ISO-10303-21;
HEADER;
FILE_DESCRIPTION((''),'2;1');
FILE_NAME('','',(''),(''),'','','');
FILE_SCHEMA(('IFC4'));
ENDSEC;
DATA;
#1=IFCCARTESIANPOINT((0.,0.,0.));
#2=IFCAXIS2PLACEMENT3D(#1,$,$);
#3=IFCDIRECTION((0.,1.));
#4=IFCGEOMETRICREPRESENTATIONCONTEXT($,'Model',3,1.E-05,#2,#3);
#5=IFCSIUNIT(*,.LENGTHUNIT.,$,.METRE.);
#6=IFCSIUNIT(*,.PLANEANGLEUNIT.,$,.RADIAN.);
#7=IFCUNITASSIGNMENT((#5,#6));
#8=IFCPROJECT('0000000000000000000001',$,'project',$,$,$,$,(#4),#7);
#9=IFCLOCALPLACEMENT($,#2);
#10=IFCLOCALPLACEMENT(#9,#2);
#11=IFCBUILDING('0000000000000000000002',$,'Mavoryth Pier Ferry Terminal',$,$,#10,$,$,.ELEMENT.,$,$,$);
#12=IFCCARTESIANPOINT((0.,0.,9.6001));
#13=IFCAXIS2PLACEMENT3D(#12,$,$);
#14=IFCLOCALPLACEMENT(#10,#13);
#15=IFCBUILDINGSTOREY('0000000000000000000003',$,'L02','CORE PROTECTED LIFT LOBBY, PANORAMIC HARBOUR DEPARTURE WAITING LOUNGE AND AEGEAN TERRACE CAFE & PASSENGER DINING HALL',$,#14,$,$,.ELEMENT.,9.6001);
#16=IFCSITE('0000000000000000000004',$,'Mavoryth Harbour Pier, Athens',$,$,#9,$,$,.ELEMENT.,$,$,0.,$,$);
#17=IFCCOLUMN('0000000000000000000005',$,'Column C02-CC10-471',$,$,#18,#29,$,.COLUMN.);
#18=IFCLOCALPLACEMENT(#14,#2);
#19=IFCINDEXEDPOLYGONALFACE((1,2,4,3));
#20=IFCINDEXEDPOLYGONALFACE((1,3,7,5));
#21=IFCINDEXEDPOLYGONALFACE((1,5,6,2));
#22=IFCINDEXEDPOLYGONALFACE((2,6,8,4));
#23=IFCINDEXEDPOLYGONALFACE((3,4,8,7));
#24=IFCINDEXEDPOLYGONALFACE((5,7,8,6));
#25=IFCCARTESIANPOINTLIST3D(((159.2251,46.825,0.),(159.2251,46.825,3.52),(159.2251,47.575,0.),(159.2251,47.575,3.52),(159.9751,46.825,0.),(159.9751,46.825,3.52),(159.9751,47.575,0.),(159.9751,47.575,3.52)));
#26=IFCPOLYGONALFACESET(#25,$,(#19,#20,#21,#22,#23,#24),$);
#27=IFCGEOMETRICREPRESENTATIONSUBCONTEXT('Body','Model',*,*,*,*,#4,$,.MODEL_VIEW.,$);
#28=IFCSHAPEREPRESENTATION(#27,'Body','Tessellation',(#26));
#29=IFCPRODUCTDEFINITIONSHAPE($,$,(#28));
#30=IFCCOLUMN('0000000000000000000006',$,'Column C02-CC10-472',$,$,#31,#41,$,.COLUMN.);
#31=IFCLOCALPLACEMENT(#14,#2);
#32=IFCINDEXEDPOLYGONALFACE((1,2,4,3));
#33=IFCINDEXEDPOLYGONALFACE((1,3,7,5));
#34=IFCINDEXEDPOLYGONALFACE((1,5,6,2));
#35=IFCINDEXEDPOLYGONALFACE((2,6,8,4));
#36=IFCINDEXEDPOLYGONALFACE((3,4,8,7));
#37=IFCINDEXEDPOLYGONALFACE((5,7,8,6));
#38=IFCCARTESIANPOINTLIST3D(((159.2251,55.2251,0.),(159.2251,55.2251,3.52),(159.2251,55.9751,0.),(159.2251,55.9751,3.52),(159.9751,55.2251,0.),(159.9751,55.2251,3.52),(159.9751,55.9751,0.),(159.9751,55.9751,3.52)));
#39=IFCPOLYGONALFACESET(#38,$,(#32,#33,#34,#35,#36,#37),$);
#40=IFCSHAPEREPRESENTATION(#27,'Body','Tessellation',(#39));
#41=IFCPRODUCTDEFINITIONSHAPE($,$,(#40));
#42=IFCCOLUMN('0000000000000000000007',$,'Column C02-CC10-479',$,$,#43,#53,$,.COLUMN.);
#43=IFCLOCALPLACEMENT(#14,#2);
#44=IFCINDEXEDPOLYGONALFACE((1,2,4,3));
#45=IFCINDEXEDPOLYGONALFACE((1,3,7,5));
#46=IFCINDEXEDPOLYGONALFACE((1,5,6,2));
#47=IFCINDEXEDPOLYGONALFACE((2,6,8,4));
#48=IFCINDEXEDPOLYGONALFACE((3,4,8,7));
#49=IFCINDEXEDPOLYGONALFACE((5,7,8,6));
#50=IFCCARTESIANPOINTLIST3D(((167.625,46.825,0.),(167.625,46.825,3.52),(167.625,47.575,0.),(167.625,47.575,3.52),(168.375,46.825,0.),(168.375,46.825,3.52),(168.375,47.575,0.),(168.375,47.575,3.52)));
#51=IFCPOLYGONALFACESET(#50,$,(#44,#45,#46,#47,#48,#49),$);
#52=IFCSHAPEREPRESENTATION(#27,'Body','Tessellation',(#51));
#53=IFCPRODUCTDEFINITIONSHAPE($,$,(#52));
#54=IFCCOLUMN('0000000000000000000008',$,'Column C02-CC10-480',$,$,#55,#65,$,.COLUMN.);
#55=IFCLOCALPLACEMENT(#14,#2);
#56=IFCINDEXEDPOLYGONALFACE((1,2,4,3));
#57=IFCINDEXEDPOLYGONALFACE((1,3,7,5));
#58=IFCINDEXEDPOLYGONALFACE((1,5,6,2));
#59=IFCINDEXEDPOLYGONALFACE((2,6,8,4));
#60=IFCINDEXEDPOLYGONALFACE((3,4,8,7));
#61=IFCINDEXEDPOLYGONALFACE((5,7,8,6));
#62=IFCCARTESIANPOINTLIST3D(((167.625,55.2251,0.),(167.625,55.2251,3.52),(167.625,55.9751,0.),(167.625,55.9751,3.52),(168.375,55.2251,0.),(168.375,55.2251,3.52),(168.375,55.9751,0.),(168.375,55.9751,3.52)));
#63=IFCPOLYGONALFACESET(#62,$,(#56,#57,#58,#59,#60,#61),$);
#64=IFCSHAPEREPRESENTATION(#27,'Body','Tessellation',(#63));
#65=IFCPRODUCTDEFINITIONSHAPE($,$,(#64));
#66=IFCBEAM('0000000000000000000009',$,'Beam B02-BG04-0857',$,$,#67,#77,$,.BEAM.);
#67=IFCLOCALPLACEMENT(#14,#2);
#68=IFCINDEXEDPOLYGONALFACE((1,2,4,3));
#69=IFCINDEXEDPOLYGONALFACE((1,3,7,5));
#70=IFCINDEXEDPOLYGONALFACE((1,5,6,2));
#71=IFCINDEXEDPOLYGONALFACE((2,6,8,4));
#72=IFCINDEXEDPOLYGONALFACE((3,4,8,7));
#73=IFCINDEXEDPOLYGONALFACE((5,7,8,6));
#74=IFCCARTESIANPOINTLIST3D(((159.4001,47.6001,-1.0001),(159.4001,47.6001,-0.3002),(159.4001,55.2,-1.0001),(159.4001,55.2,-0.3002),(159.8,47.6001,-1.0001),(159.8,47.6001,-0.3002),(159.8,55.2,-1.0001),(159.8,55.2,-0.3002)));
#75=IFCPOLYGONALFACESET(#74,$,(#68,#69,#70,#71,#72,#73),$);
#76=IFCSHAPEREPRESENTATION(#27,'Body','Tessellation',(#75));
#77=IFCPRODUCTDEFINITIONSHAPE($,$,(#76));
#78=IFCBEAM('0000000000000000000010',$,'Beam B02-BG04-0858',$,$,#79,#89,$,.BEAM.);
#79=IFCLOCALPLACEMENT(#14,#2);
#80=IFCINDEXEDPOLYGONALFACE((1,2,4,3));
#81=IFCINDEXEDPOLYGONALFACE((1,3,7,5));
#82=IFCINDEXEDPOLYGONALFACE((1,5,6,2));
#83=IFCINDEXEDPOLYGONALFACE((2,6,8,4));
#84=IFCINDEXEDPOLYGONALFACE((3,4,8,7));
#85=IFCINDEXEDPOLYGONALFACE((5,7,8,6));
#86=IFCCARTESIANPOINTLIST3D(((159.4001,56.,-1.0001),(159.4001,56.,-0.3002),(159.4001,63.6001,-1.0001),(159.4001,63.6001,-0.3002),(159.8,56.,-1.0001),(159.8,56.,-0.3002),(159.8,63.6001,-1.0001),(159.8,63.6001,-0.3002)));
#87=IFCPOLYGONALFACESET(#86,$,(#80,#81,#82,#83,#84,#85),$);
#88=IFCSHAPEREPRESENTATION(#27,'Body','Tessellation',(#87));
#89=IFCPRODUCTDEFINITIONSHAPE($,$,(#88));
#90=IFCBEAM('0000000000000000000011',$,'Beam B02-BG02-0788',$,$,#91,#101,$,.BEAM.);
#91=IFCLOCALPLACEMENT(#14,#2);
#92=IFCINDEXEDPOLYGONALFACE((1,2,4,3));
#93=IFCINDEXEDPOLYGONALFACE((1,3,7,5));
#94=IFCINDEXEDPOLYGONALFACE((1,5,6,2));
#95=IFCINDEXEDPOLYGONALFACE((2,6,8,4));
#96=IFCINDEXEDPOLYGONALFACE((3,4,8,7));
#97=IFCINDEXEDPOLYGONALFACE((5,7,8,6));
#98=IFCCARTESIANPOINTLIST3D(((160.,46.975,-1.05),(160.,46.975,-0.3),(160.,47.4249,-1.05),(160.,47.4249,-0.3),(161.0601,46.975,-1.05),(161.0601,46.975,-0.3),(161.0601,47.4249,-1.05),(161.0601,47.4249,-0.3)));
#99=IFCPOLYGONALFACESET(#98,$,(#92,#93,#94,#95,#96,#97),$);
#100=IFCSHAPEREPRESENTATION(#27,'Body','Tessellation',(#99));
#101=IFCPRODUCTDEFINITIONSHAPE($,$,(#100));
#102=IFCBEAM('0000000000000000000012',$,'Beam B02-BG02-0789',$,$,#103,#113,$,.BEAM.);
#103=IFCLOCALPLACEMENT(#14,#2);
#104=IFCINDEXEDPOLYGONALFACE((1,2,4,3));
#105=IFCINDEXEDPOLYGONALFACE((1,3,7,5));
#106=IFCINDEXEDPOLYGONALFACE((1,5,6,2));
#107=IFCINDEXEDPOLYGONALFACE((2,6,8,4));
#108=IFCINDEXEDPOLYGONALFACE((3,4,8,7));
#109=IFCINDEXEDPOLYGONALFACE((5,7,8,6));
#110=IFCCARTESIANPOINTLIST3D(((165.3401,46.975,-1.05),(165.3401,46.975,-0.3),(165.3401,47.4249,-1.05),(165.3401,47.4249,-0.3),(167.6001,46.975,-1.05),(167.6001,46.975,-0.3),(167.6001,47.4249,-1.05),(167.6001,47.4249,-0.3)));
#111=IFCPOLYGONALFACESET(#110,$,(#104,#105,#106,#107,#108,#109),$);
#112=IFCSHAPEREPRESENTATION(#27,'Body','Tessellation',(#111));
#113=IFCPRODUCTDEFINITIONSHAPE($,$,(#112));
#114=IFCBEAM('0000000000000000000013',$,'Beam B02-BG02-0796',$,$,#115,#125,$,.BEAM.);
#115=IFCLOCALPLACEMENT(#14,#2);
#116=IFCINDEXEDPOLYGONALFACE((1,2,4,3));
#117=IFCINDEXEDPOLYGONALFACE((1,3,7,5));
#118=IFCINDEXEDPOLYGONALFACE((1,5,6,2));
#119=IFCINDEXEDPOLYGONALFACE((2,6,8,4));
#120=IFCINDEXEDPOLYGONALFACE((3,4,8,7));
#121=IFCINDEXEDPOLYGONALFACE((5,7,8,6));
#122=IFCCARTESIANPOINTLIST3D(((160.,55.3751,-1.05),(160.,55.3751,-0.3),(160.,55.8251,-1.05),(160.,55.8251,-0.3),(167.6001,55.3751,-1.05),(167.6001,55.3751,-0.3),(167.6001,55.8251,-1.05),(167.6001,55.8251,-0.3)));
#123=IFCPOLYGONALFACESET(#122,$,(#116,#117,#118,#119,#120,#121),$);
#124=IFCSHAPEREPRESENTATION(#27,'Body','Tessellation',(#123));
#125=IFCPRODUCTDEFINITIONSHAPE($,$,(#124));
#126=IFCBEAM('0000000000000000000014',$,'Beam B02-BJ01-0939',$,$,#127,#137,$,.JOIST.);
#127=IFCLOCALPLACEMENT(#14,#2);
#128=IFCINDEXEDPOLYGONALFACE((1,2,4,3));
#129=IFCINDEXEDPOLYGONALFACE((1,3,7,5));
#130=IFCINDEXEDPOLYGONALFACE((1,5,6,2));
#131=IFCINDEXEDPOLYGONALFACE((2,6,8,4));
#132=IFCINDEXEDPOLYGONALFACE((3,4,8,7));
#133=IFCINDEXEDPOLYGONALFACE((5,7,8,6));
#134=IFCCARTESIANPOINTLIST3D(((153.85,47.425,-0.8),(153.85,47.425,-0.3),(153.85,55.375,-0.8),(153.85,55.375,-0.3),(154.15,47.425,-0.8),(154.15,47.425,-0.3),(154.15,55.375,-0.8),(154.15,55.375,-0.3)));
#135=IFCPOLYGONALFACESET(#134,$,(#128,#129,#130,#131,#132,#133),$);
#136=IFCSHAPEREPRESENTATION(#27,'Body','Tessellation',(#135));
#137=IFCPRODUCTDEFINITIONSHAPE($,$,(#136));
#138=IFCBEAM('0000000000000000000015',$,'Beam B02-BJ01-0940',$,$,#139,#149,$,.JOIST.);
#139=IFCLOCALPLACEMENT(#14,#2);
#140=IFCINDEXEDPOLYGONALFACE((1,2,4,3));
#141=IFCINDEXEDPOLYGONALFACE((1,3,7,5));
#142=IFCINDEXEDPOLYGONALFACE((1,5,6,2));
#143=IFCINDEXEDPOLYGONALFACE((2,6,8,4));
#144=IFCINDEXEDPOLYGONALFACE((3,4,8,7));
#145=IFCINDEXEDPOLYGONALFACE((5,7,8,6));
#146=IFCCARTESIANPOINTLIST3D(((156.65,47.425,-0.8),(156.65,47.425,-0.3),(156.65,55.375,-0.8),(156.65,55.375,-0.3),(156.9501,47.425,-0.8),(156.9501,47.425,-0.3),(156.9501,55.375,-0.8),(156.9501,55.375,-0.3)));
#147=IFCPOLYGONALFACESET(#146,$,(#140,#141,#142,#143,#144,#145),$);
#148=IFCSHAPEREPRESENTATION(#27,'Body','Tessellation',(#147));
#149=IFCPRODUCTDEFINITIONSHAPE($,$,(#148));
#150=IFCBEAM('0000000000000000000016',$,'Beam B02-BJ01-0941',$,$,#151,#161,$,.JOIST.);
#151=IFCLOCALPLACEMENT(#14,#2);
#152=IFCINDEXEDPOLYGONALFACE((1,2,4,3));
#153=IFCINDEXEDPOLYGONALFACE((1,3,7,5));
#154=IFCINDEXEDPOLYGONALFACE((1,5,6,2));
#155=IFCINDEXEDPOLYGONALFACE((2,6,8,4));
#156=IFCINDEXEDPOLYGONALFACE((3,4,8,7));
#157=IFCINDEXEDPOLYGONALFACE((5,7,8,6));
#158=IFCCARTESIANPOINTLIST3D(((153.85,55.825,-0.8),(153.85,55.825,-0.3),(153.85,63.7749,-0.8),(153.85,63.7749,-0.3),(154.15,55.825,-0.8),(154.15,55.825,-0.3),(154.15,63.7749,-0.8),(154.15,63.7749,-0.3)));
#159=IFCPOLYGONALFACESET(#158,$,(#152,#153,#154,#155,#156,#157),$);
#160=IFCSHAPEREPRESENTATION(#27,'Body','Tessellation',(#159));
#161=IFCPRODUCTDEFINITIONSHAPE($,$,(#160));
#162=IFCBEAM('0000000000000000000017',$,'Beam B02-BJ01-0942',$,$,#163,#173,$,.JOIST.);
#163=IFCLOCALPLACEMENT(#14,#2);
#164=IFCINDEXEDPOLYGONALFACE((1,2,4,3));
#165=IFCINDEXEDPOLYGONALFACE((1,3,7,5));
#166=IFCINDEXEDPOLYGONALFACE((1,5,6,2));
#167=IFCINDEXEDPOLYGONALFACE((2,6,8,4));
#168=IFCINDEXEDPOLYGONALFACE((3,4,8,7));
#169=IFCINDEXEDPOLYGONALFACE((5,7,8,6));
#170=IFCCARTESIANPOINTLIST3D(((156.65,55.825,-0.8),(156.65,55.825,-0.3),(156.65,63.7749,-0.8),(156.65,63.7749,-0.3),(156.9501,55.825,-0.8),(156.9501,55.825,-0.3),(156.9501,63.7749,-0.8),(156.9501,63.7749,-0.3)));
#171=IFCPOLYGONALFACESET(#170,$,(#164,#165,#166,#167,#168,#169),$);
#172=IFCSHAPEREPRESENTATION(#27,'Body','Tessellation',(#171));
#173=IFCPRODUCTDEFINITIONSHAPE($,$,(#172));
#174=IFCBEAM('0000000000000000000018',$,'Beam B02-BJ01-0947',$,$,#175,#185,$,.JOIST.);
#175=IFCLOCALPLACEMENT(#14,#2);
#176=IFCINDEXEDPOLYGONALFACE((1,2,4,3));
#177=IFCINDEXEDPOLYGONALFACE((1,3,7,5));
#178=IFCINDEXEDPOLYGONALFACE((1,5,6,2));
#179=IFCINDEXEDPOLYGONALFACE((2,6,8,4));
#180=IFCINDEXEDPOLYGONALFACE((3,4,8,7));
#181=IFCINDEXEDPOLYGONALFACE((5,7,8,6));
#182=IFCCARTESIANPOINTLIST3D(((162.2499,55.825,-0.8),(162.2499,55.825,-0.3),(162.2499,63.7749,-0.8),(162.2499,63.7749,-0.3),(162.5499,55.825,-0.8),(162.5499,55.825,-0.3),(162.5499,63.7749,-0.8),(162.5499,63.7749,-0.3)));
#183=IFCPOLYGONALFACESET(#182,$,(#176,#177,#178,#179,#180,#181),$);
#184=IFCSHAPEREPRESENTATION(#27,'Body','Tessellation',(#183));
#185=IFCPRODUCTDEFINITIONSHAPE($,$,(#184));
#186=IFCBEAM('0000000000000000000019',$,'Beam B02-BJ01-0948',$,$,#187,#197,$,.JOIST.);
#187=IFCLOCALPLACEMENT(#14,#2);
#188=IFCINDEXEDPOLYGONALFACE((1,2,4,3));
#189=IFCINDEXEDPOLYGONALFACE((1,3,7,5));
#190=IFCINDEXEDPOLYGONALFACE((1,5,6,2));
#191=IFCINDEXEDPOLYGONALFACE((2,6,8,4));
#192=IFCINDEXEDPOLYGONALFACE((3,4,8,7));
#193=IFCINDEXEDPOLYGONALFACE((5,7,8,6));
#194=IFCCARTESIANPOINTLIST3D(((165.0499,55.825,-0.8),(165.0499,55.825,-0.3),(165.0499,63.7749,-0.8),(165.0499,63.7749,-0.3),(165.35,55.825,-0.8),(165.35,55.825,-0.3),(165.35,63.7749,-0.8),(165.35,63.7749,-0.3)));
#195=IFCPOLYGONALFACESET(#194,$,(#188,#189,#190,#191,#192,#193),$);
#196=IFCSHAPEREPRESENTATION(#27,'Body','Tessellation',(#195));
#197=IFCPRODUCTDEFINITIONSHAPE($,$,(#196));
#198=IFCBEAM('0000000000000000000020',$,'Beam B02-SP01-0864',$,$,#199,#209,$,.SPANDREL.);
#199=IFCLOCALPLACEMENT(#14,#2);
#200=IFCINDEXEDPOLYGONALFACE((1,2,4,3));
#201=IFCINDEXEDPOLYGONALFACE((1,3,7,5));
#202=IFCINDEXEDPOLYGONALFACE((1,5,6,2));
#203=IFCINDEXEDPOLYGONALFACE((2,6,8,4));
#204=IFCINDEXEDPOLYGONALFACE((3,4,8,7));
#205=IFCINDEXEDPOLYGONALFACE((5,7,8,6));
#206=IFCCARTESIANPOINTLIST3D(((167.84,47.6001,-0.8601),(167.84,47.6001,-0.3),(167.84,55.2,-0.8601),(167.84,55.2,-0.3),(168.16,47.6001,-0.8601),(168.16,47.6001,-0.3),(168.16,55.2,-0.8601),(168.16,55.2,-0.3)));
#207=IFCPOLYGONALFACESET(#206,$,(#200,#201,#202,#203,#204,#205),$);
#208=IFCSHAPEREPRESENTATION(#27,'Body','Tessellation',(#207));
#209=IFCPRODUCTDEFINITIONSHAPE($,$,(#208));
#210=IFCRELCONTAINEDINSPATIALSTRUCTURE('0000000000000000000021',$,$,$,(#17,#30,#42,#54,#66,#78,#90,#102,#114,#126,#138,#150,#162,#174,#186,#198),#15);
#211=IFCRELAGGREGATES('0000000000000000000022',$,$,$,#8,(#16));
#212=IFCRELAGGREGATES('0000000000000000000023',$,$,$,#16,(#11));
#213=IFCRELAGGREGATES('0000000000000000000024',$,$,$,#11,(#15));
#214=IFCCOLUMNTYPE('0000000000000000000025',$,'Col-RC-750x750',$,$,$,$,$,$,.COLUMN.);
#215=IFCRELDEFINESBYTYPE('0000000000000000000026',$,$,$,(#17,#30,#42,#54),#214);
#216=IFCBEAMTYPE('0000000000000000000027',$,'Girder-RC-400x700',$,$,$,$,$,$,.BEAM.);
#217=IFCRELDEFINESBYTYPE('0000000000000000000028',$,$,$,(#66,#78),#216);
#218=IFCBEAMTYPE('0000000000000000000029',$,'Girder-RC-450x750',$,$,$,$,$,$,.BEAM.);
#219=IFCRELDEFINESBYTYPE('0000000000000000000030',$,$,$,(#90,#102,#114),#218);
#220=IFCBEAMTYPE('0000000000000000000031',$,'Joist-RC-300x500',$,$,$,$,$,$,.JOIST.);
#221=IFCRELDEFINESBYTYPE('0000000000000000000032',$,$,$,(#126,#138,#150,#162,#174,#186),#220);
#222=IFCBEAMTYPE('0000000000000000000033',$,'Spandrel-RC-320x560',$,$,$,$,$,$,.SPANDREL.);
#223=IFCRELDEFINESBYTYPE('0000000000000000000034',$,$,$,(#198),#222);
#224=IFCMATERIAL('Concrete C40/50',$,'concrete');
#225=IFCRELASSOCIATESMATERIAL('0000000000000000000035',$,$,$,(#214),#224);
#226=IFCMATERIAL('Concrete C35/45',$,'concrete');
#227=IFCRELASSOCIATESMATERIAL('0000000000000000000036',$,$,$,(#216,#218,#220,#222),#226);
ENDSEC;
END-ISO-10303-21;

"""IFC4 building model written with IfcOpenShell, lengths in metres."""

from ifc_helpers import new_model, si_unit, direction, frame, origin, origin_2d, place, context, subcontext, project, spatial, rectangle, extrude, material, material_profile, profile_set, type_object, element, save


model = new_model("IFC4")

# Units and contexts
model_context = context("Model", 3, precision=1e-05, world=origin(), true_north=direction((0.0, 1.0)))
body_context = subcontext(model_context, "Body", "Model", "MODEL_VIEW")
ifc_project = project(units=[si_unit("LENGTHUNIT", "METRE"), si_unit("PLANEANGLEUNIT", "RADIAN")], contexts=[model_context])

# Site, building, storey
site_placement = place(None, origin())
site = spatial("IfcSite", under=ifc_project, at=site_placement, Name="Mavoryth Harbour Pier, Athens", CompositionType="ELEMENT", RefElevation=0.0)
building_placement = place(site_placement, origin())
building = spatial("IfcBuilding", under=site, at=building_placement, Name="Mavoryth Pier Ferry Terminal", CompositionType="ELEMENT")
storey_placement = place(building_placement, frame((0.0, 0.0, 9.6001)))
storey = spatial("IfcBuildingStorey", under=building, at=storey_placement, Name="L02", Description="CORE PROTECTED LIFT LOBBY, PANORAMIC HARBOUR DEPARTURE WAITING LOUNGE AND AEGEAN TERRACE CAFE & PASSENGER DINING HALL", CompositionType="ELEMENT", Elevation=9.6001)

# Columns
ifc_material_1 = material(Name="Concrete C40/50", Category="concrete")
ifc_material_profile_1 = material_profile(ifc_material_1, rectangle(XDim=0.75, YDim=0.75, at=origin_2d()), Name="RC 750x750", Category="concrete")
ifc_profile_set_1 = profile_set([ifc_material_profile_1], Name="Concrete C40/50 - RC 750x750")
column_type = type_object("IfcColumnType", Name="Col-RC-750x750", PredefinedType="COLUMN", material=ifc_profile_set_1)
for number, where, z_axis, x_axis, name in (
    (1, (159.6001, 47.2, 0.0), (0.0, 0.0, 1.0), (1.0, 0.0, 0.0), "Column C02-CC10-471"),
    (2, (159.6001, 55.6001, 0.0), (0.0, 0.0, 1.0), (1.0, 0.0, 0.0), "Column C02-CC10-472"),
    (3, (168.0, 47.2, 0.0), (0.0, 0.0, 1.0), (1.0, 0.0, 0.0), "Column C02-CC10-479"),
    (4, (168.0, 55.6001, 0.0), (0.0, 0.0, 1.0), (1.0, 0.0, 0.0), "Column C02-CC10-480"),
):
    element("IfcColumn", number, at=place(storey_placement, frame(where, z_axis=z_axis, x_axis=x_axis)), inside=storey, type_object=column_type, Name=name, PredefinedType="COLUMN", context=body_context, shape_type="SweptSolid", body=[
        extrude(rectangle(XDim=0.75, YDim=0.75, at=origin_2d()), origin(), (0.0, 0.0, 1.0), 3.52),
    ])

# Beams
ifc_material_2 = material(Name="Concrete C35/45", Category="concrete")
ifc_material_profile_2 = material_profile(ifc_material_2, rectangle(XDim=0.3999, YDim=0.7, at=origin_2d()), Name="RC 400x700", Category="concrete")
ifc_profile_set_2 = profile_set([ifc_material_profile_2], Name="Concrete C35/45 - RC 400x700")
beam_type_1 = type_object("IfcBeamType", Name="Girder-RC-400x700", PredefinedType="BEAM", material=ifc_profile_set_2)
beam_1_placement = place(storey_placement, frame((159.6001, 47.6001, -0.6501), z_axis=(0.0, 1.0, 0.0), x_axis=(-1.0, 0.0, 0.0)))
element("IfcBeam", 5, at=beam_1_placement, inside=storey, type_object=beam_type_1, Name="Beam B02-BG04-0857", PredefinedType="BEAM", context=body_context, shape_type="SweptSolid", body=[
    extrude(rectangle(XDim=0.3999, YDim=0.7, at=origin_2d()), origin(), (0.0, 0.0, 1.0), 7.5999),
])
beam_2_placement = place(storey_placement, frame((159.6001, 56.0, -0.6501), z_axis=(0.0, 1.0, 0.0), x_axis=(-1.0, 0.0, 0.0)))
element("IfcBeam", 6, at=beam_2_placement, inside=storey, type_object=beam_type_1, Name="Beam B02-BG04-0858", PredefinedType="BEAM", context=body_context, shape_type="SweptSolid", body=[
    extrude(rectangle(XDim=0.3999, YDim=0.7, at=origin_2d()), origin(), (0.0, 0.0, 1.0), 7.6001),
])
ifc_material_profile_3 = material_profile(ifc_material_2, rectangle(XDim=0.45, YDim=0.75, at=origin_2d()), Name="RC 450x750", Category="concrete")
ifc_profile_set_3 = profile_set([ifc_material_profile_3], Name="Concrete C35/45 - RC 450x750")
beam_type_2 = type_object("IfcBeamType", Name="Girder-RC-450x750", PredefinedType="BEAM", material=ifc_profile_set_3)
beam_3_placement = place(storey_placement, frame((160.0, 47.2, -0.675), z_axis=(1.0, 0.0, 0.0), x_axis=(0.0, 1.0, 0.0)))
element("IfcBeam", 7, at=beam_3_placement, inside=storey, type_object=beam_type_2, Name="Beam B02-BG02-0788", PredefinedType="BEAM", context=body_context, shape_type="SweptSolid", body=[
    extrude(rectangle(XDim=0.45, YDim=0.75, at=origin_2d()), origin(), (0.0, 0.0, 1.0), 1.0601),
])
beam_4_placement = place(storey_placement, frame((165.3401, 47.2, -0.675), z_axis=(1.0, 0.0, 0.0), x_axis=(0.0, 1.0, 0.0)))
element("IfcBeam", 8, at=beam_4_placement, inside=storey, type_object=beam_type_2, Name="Beam B02-BG02-0789", PredefinedType="BEAM", context=body_context, shape_type="SweptSolid", body=[
    extrude(rectangle(XDim=0.45, YDim=0.75, at=origin_2d()), origin(), (0.0, 0.0, 1.0), 2.26),
])
beam_5_placement = place(storey_placement, frame((160.0, 55.6001, -0.675), z_axis=(1.0, 0.0, 0.0), x_axis=(0.0, 1.0, 0.0)))
element("IfcBeam", 9, at=beam_5_placement, inside=storey, type_object=beam_type_2, Name="Beam B02-BG02-0796", PredefinedType="BEAM", context=body_context, shape_type="SweptSolid", body=[
    extrude(rectangle(XDim=0.45, YDim=0.75, at=origin_2d()), origin(), (0.0, 0.0, 1.0), 7.6001),
])
ifc_material_profile_4 = material_profile(ifc_material_2, rectangle(XDim=0.3, YDim=0.5, at=origin_2d()), Name="RC 300x500", Category="concrete")
ifc_profile_set_4 = profile_set([ifc_material_profile_4], Name="Concrete C35/45 - RC 300x500")
beam_type_3 = type_object("IfcBeamType", Name="Joist-RC-300x500", PredefinedType="JOIST", material=ifc_profile_set_4)
for number, where, z_axis, x_axis, name in (
    (10, (154.0, 47.425, -0.55), (0.0, 1.0, 0.0), (-1.0, 0.0, 0.0), "Beam B02-BJ01-0939"),
    (11, (156.8, 47.425, -0.55), (0.0, 1.0, 0.0), (-1.0, 0.0, 0.0), "Beam B02-BJ01-0940"),
    (12, (154.0, 55.825, -0.55), (0.0, 1.0, 0.0), (-1.0, 0.0, 0.0), "Beam B02-BJ01-0941"),
    (13, (156.8, 55.825, -0.55), (0.0, 1.0, 0.0), (-1.0, 0.0, 0.0), "Beam B02-BJ01-0942"),
    (14, (162.3999, 55.825, -0.55), (0.0, 1.0, 0.0), (-1.0, 0.0, 0.0), "Beam B02-BJ01-0947"),
    (15, (165.2, 55.825, -0.55), (0.0, 1.0, 0.0), (-1.0, 0.0, 0.0), "Beam B02-BJ01-0948"),
):
    element("IfcBeam", number, at=place(storey_placement, frame(where, z_axis=z_axis, x_axis=x_axis)), inside=storey, type_object=beam_type_3, Name=name, PredefinedType="JOIST", context=body_context, shape_type="SweptSolid", body=[
        extrude(rectangle(XDim=0.3, YDim=0.5, at=origin_2d()), origin(), (0.0, 0.0, 1.0), 7.95),
    ])
ifc_material_profile_5 = material_profile(ifc_material_2, rectangle(XDim=0.3201, YDim=0.5601, at=origin_2d()), Name="RC 320x560", Category="concrete")
ifc_profile_set_5 = profile_set([ifc_material_profile_5], Name="Concrete C35/45 - RC 320x560")
beam_type_4 = type_object("IfcBeamType", Name="Spandrel-RC-320x560", PredefinedType="SPANDREL", material=ifc_profile_set_5)
beam_6_placement = place(storey_placement, frame((168.0, 47.6001, -0.5801), z_axis=(0.0, 1.0, 0.0), x_axis=(-1.0, 0.0, 0.0)))
element("IfcBeam", 16, at=beam_6_placement, inside=storey, type_object=beam_type_4, Name="Beam B02-SP01-0864", PredefinedType="SPANDREL", context=body_context, shape_type="SweptSolid", body=[
    extrude(rectangle(XDim=0.3201, YDim=0.5601, at=origin_2d()), origin(), (0.0, 0.0, 1.0), 7.5999),
])

save(model, "model.ifc")
